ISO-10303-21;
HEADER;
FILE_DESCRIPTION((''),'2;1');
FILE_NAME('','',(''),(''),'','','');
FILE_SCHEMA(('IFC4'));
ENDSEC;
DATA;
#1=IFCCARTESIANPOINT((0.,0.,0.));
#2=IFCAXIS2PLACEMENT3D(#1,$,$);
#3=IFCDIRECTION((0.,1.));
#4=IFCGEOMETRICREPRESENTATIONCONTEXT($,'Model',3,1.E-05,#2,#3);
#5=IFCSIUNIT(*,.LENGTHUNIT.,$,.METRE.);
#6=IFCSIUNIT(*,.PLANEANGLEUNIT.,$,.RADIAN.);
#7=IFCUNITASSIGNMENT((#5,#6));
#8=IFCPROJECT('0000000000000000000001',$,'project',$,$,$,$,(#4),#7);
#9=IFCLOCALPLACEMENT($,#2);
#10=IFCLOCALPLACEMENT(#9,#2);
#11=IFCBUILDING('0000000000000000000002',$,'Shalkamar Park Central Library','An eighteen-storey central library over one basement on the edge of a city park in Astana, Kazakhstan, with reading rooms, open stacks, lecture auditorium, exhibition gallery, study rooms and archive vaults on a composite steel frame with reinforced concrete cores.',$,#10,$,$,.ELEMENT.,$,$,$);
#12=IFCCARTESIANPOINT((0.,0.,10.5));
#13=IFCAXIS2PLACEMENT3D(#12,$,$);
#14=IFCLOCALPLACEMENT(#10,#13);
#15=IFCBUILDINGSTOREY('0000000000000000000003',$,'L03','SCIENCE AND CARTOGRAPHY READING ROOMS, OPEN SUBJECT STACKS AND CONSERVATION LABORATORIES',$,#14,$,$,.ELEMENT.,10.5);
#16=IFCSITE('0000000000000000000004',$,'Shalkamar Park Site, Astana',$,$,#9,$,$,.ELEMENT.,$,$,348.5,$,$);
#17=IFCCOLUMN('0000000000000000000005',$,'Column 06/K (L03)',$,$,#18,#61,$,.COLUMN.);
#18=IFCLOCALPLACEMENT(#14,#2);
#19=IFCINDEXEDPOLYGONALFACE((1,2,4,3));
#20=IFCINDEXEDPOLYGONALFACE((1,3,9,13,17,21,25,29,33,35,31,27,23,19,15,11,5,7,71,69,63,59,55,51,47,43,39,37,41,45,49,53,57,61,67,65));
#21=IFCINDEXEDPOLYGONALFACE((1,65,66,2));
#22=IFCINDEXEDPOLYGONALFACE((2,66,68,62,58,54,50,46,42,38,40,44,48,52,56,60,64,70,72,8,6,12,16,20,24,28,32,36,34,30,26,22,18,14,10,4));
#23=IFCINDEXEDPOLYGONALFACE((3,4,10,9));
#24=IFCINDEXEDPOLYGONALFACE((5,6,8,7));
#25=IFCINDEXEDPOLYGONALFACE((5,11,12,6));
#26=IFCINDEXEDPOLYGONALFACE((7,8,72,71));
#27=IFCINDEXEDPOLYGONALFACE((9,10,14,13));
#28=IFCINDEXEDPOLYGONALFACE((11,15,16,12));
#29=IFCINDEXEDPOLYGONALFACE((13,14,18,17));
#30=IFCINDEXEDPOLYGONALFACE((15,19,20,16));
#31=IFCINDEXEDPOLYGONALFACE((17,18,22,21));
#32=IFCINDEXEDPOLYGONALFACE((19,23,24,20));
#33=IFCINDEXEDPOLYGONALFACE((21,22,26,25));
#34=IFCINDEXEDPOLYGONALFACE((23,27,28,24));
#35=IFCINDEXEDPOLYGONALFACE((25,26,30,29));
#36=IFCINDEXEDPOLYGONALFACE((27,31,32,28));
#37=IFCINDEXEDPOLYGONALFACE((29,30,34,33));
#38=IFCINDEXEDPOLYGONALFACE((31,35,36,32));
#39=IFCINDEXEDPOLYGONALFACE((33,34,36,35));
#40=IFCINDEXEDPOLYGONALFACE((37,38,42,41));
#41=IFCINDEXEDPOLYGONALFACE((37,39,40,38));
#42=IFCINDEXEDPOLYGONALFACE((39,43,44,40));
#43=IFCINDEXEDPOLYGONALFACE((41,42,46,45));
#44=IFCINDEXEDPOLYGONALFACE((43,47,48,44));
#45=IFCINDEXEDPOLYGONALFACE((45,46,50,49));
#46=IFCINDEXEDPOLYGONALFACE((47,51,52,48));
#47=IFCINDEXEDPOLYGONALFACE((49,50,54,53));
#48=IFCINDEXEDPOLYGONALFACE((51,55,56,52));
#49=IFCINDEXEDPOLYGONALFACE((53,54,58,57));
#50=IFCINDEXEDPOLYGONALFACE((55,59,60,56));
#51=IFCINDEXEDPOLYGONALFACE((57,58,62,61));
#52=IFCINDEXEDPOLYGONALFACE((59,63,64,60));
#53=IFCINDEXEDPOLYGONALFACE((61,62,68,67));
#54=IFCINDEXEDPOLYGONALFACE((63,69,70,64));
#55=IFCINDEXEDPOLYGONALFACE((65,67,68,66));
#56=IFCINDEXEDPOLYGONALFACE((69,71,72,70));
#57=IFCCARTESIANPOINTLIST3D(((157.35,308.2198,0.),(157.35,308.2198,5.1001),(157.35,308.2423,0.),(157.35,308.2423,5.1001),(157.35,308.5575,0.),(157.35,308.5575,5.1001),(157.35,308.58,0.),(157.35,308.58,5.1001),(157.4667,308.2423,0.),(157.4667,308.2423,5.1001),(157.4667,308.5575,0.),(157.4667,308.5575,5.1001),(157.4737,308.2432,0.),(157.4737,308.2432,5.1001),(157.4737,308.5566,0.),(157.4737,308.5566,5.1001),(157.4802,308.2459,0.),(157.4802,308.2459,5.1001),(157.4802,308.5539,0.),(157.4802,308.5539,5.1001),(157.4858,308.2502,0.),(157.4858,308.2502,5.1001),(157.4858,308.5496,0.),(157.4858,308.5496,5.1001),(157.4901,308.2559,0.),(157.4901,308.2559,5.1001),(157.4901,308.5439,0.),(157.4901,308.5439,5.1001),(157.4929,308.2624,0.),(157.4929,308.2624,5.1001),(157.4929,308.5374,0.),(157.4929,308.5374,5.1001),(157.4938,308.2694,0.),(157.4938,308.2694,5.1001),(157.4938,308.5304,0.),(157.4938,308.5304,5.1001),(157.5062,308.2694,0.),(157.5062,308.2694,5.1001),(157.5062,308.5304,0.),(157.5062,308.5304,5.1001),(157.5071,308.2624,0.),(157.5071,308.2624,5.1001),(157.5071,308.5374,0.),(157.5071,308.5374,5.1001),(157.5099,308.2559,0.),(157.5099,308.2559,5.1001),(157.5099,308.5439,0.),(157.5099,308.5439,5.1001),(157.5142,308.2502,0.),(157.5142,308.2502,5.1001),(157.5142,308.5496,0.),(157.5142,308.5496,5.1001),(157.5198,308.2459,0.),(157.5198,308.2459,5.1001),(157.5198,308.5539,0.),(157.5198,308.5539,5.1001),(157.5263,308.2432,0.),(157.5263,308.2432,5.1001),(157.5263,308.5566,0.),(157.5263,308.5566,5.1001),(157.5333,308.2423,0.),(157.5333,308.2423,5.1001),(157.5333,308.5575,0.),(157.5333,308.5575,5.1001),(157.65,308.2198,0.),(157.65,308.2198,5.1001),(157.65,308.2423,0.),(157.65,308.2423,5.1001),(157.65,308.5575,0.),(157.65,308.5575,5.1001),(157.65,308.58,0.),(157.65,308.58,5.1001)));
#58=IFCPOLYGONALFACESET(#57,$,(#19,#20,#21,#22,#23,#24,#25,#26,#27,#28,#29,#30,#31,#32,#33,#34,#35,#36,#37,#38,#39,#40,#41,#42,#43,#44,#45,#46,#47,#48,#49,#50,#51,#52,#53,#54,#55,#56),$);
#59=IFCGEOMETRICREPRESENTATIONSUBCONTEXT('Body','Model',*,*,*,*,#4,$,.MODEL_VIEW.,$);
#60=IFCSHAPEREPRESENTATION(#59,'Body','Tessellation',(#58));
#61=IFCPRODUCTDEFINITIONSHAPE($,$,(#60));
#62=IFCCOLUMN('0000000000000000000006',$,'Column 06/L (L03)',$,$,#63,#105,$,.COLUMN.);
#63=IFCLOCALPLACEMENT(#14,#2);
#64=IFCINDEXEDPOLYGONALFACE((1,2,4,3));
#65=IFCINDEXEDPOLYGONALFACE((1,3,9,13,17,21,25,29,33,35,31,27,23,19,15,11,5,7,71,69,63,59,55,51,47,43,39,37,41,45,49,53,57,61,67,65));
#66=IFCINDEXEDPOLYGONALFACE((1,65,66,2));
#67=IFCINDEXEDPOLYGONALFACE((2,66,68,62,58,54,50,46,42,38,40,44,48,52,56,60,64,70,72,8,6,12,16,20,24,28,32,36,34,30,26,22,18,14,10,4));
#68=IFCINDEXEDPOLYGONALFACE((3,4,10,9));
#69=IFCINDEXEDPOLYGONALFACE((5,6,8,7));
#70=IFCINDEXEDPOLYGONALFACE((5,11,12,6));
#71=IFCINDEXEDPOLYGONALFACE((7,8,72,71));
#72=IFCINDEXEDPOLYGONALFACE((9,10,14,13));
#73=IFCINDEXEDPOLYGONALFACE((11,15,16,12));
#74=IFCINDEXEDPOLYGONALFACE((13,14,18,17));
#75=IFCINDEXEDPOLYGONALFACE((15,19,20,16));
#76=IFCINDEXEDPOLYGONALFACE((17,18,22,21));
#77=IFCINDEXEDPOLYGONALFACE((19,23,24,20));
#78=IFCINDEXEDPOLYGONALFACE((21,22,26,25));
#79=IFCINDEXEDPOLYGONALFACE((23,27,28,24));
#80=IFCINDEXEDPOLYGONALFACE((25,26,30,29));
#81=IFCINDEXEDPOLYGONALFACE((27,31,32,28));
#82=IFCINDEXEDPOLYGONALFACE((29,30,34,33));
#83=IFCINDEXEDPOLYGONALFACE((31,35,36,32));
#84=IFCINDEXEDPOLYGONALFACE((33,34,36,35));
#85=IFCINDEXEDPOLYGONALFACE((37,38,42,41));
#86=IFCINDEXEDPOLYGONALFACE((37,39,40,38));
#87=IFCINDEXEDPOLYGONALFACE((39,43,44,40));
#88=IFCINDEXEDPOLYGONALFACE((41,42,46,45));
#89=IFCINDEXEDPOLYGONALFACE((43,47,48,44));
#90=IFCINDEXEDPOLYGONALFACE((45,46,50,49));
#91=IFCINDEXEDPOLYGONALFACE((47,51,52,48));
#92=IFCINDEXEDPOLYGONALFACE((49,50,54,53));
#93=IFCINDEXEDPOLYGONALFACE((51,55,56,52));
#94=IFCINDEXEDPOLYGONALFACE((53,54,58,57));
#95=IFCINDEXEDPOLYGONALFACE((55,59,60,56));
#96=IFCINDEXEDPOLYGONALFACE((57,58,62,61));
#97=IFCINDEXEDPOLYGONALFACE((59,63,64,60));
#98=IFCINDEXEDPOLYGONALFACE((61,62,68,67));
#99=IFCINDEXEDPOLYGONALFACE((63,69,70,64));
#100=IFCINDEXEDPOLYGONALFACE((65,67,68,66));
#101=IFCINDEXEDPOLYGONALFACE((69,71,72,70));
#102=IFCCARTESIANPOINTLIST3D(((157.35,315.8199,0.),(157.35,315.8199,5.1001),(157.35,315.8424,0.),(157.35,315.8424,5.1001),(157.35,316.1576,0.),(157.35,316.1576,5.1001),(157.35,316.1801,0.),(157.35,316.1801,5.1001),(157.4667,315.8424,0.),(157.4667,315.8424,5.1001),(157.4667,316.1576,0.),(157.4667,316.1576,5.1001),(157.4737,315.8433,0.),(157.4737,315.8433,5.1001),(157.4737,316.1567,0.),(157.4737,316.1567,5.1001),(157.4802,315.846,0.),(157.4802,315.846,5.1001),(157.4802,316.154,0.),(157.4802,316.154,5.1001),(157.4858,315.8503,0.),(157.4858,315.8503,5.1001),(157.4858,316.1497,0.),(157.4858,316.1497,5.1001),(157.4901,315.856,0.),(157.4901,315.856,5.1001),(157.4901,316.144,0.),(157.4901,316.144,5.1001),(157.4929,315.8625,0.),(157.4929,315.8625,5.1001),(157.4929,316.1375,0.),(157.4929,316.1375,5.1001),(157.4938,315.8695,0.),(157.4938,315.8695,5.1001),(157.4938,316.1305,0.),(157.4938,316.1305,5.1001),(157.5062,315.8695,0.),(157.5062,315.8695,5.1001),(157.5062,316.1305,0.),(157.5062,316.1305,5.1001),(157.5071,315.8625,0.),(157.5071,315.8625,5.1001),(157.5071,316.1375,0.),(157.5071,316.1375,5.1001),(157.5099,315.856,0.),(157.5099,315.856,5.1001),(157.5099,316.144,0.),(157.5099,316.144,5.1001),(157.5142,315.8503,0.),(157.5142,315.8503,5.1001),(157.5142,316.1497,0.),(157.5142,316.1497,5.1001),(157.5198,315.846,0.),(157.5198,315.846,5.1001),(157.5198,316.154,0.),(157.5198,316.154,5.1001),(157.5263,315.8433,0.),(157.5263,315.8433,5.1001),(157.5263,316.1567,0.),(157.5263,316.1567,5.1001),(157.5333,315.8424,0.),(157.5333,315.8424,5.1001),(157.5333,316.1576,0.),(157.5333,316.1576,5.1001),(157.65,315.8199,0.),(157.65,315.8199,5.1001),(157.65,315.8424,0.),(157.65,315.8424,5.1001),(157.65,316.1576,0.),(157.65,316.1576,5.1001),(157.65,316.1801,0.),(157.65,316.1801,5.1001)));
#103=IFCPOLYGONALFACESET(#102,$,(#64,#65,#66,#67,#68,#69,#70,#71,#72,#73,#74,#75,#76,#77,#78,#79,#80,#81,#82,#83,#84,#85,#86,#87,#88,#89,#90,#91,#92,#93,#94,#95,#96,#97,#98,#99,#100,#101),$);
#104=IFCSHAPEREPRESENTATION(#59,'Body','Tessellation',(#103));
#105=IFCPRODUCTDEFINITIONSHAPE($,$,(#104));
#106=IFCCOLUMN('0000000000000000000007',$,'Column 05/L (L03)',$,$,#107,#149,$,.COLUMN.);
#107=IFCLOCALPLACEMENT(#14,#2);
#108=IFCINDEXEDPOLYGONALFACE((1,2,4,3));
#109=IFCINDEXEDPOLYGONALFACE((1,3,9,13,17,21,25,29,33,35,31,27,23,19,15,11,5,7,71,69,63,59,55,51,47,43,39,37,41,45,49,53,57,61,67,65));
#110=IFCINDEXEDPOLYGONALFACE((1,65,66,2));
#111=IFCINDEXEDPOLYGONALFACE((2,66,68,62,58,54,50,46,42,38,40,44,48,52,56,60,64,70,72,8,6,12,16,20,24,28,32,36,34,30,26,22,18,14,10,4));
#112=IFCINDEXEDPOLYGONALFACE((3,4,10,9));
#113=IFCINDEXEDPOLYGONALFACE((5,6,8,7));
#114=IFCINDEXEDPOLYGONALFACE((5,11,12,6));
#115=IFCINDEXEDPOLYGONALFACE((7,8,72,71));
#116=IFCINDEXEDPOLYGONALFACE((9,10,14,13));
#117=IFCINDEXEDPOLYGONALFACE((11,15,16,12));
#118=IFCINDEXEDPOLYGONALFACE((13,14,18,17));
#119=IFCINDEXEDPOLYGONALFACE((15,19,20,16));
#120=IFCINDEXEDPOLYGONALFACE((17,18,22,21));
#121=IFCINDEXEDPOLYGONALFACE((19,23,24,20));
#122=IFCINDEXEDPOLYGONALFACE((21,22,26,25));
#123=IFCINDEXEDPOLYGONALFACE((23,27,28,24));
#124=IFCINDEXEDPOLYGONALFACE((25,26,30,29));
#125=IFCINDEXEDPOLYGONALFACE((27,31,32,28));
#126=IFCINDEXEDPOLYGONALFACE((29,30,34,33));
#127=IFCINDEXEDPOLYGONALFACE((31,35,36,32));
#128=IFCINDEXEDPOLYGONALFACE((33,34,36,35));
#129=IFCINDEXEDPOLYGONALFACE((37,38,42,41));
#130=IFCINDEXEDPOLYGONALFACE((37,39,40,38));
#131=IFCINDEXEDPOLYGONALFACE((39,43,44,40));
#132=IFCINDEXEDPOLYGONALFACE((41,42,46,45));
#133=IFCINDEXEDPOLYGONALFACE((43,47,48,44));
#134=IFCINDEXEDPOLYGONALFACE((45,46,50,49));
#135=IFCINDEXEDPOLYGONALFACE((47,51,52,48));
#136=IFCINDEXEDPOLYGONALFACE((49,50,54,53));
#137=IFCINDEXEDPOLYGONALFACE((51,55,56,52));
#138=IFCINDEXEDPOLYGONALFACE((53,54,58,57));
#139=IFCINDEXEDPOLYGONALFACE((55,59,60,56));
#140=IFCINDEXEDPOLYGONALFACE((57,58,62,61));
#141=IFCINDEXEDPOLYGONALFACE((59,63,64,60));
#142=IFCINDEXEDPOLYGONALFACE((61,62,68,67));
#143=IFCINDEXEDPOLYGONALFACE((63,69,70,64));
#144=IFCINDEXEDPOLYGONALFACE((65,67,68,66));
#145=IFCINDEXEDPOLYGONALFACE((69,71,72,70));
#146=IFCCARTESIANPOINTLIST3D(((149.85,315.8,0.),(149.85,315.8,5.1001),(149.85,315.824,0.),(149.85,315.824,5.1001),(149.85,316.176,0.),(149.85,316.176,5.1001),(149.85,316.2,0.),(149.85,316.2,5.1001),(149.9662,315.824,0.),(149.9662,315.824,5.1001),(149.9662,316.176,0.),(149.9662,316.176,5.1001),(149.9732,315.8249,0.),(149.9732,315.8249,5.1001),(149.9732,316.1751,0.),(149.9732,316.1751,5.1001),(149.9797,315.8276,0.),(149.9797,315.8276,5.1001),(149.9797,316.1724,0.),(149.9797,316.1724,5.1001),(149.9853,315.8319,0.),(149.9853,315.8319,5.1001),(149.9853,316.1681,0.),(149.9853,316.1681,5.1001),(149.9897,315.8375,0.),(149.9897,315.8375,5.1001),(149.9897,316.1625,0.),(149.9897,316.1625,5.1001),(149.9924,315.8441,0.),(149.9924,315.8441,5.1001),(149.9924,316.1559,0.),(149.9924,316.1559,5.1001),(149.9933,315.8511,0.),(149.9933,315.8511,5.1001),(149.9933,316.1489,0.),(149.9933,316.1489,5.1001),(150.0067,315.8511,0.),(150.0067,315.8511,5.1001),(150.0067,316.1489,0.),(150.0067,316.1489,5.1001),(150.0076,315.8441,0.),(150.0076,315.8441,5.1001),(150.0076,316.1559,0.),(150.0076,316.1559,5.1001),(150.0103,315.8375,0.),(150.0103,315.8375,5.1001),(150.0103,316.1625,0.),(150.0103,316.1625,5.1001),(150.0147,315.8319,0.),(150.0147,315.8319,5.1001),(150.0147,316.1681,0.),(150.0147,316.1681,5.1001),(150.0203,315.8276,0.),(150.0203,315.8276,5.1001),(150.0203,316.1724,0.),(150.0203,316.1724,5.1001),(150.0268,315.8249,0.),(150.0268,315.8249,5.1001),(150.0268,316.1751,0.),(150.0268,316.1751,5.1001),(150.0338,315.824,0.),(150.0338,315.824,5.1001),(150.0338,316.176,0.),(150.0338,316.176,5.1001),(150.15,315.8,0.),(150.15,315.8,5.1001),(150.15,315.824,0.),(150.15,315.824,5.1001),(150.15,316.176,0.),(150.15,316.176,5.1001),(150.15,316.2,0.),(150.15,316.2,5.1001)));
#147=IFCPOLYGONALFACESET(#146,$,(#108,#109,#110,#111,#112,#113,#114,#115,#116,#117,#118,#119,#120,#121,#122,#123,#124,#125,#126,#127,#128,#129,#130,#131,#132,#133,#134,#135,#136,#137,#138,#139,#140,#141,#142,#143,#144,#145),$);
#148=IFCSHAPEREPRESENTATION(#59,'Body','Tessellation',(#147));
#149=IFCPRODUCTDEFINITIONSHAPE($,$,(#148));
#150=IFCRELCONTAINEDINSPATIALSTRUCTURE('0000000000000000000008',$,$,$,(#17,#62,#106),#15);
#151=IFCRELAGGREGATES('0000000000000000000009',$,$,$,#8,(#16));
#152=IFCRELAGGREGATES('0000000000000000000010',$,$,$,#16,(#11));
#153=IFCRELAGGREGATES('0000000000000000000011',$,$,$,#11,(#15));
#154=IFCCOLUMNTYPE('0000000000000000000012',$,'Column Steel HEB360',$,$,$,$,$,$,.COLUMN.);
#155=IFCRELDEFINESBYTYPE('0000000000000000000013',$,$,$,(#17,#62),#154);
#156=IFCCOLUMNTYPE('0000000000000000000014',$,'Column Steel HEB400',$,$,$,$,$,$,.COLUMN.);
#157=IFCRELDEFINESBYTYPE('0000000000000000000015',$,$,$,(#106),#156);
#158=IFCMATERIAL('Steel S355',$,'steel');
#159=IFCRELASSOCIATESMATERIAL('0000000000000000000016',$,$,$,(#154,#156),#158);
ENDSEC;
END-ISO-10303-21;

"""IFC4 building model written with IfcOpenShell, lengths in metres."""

from ifc_helpers import new_model, si_unit, direction, frame, origin, origin_2d, place, context, subcontext, project, spatial, i_section, extrude, material, material_profile, profile_set, type_object, element, save


model = new_model("IFC4")

# Units and contexts
model_context = context("Model", 3, precision=1e-05, world=origin(), true_north=direction((0.0, 1.0)))
body_context = subcontext(model_context, "Body", "Model", "MODEL_VIEW")
ifc_project = project(units=[si_unit("LENGTHUNIT", "METRE"), si_unit("PLANEANGLEUNIT", "RADIAN")], contexts=[model_context])

# Site, building, storey
site_placement = place(None, origin())
site = spatial("IfcSite", under=ifc_project, at=site_placement, Name="Shalkamar Park Site, Astana", CompositionType="ELEMENT", RefElevation=348.5)
building_placement = place(site_placement, origin())
building = spatial("IfcBuilding", under=site, at=building_placement, Name="Shalkamar Park Central Library", Description="An eighteen-storey central library over one basement on the edge of a city park in Astana, Kazakhstan, with reading rooms, open stacks, lecture auditorium, exhibition gallery, study rooms and archive vaults on a composite steel frame with reinforced concrete cores.", CompositionType="ELEMENT")
storey_placement = place(building_placement, frame((0.0, 0.0, 10.5)))
storey = spatial("IfcBuildingStorey", under=building, at=storey_placement, Name="L03", Description="SCIENCE AND CARTOGRAPHY READING ROOMS, OPEN SUBJECT STACKS AND CONSERVATION LABORATORIES", CompositionType="ELEMENT", Elevation=10.5)

# Columns
ifc_material_1 = material(Name="Steel S355", Category="steel")
ifc_material_profile_1 = material_profile(ifc_material_1, i_section(OverallWidth=0.3, OverallDepth=0.3601, WebThickness=0.0125, FlangeThickness=0.0225, FilletRadius=0.0271, at=origin_2d()), Name="HEB 360")
ifc_profile_set_1 = profile_set([ifc_material_profile_1], Name="Steel S355")
column_type_1 = type_object("IfcColumnType", Name="Column Steel HEB360", PredefinedType="COLUMN", material=ifc_profile_set_1)
for number, where, z_axis, x_axis, name in (
    (1, (157.5, 308.3999, 0.0), (0.0, 0.0, 1.0), (1.0, 0.0, 0.0), "Column 06/K (L03)"),
    (2, (157.5, 316.0, 0.0), (0.0, 0.0, 1.0), (1.0, 0.0, 0.0), "Column 06/L (L03)"),
):
    element("IfcColumn", number, at=place(storey_placement, frame(where, z_axis=z_axis, x_axis=x_axis)), inside=storey, type_object=column_type_1, Name=name, PredefinedType="COLUMN", context=body_context, shape_type="SweptSolid", body=[
        extrude(i_section(OverallWidth=0.3, OverallDepth=0.3601, WebThickness=0.0125, FlangeThickness=0.0225, FilletRadius=0.0271, at=origin_2d()), origin(), (0.0, 0.0, 1.0), 5.1001),
    ])
ifc_material_profile_2 = material_profile(ifc_material_1, i_section(OverallWidth=0.3, OverallDepth=0.3999, WebThickness=0.0134, FlangeThickness=0.0239, FilletRadius=0.0271, at=origin_2d()), Name="HEB 400")
ifc_profile_set_2 = profile_set([ifc_material_profile_2], Name="Steel S355")
column_type_2 = type_object("IfcColumnType", Name="Column Steel HEB400", PredefinedType="COLUMN", material=ifc_profile_set_2)
column_placement = place(storey_placement, frame((150.0, 316.0, 0.0), z_axis=(0.0, 0.0, 1.0), x_axis=(1.0, 0.0, 0.0)))
element("IfcColumn", 3, at=column_placement, inside=storey, type_object=column_type_2, Name="Column 05/L (L03)", PredefinedType="COLUMN", context=body_context, shape_type="SweptSolid", body=[
    extrude(i_section(OverallWidth=0.3, OverallDepth=0.3999, WebThickness=0.0134, FlangeThickness=0.0239, FilletRadius=0.0271, at=origin_2d()), origin(), (0.0, 0.0, 1.0), 5.1001),
])

save(model, "model.ifc")
